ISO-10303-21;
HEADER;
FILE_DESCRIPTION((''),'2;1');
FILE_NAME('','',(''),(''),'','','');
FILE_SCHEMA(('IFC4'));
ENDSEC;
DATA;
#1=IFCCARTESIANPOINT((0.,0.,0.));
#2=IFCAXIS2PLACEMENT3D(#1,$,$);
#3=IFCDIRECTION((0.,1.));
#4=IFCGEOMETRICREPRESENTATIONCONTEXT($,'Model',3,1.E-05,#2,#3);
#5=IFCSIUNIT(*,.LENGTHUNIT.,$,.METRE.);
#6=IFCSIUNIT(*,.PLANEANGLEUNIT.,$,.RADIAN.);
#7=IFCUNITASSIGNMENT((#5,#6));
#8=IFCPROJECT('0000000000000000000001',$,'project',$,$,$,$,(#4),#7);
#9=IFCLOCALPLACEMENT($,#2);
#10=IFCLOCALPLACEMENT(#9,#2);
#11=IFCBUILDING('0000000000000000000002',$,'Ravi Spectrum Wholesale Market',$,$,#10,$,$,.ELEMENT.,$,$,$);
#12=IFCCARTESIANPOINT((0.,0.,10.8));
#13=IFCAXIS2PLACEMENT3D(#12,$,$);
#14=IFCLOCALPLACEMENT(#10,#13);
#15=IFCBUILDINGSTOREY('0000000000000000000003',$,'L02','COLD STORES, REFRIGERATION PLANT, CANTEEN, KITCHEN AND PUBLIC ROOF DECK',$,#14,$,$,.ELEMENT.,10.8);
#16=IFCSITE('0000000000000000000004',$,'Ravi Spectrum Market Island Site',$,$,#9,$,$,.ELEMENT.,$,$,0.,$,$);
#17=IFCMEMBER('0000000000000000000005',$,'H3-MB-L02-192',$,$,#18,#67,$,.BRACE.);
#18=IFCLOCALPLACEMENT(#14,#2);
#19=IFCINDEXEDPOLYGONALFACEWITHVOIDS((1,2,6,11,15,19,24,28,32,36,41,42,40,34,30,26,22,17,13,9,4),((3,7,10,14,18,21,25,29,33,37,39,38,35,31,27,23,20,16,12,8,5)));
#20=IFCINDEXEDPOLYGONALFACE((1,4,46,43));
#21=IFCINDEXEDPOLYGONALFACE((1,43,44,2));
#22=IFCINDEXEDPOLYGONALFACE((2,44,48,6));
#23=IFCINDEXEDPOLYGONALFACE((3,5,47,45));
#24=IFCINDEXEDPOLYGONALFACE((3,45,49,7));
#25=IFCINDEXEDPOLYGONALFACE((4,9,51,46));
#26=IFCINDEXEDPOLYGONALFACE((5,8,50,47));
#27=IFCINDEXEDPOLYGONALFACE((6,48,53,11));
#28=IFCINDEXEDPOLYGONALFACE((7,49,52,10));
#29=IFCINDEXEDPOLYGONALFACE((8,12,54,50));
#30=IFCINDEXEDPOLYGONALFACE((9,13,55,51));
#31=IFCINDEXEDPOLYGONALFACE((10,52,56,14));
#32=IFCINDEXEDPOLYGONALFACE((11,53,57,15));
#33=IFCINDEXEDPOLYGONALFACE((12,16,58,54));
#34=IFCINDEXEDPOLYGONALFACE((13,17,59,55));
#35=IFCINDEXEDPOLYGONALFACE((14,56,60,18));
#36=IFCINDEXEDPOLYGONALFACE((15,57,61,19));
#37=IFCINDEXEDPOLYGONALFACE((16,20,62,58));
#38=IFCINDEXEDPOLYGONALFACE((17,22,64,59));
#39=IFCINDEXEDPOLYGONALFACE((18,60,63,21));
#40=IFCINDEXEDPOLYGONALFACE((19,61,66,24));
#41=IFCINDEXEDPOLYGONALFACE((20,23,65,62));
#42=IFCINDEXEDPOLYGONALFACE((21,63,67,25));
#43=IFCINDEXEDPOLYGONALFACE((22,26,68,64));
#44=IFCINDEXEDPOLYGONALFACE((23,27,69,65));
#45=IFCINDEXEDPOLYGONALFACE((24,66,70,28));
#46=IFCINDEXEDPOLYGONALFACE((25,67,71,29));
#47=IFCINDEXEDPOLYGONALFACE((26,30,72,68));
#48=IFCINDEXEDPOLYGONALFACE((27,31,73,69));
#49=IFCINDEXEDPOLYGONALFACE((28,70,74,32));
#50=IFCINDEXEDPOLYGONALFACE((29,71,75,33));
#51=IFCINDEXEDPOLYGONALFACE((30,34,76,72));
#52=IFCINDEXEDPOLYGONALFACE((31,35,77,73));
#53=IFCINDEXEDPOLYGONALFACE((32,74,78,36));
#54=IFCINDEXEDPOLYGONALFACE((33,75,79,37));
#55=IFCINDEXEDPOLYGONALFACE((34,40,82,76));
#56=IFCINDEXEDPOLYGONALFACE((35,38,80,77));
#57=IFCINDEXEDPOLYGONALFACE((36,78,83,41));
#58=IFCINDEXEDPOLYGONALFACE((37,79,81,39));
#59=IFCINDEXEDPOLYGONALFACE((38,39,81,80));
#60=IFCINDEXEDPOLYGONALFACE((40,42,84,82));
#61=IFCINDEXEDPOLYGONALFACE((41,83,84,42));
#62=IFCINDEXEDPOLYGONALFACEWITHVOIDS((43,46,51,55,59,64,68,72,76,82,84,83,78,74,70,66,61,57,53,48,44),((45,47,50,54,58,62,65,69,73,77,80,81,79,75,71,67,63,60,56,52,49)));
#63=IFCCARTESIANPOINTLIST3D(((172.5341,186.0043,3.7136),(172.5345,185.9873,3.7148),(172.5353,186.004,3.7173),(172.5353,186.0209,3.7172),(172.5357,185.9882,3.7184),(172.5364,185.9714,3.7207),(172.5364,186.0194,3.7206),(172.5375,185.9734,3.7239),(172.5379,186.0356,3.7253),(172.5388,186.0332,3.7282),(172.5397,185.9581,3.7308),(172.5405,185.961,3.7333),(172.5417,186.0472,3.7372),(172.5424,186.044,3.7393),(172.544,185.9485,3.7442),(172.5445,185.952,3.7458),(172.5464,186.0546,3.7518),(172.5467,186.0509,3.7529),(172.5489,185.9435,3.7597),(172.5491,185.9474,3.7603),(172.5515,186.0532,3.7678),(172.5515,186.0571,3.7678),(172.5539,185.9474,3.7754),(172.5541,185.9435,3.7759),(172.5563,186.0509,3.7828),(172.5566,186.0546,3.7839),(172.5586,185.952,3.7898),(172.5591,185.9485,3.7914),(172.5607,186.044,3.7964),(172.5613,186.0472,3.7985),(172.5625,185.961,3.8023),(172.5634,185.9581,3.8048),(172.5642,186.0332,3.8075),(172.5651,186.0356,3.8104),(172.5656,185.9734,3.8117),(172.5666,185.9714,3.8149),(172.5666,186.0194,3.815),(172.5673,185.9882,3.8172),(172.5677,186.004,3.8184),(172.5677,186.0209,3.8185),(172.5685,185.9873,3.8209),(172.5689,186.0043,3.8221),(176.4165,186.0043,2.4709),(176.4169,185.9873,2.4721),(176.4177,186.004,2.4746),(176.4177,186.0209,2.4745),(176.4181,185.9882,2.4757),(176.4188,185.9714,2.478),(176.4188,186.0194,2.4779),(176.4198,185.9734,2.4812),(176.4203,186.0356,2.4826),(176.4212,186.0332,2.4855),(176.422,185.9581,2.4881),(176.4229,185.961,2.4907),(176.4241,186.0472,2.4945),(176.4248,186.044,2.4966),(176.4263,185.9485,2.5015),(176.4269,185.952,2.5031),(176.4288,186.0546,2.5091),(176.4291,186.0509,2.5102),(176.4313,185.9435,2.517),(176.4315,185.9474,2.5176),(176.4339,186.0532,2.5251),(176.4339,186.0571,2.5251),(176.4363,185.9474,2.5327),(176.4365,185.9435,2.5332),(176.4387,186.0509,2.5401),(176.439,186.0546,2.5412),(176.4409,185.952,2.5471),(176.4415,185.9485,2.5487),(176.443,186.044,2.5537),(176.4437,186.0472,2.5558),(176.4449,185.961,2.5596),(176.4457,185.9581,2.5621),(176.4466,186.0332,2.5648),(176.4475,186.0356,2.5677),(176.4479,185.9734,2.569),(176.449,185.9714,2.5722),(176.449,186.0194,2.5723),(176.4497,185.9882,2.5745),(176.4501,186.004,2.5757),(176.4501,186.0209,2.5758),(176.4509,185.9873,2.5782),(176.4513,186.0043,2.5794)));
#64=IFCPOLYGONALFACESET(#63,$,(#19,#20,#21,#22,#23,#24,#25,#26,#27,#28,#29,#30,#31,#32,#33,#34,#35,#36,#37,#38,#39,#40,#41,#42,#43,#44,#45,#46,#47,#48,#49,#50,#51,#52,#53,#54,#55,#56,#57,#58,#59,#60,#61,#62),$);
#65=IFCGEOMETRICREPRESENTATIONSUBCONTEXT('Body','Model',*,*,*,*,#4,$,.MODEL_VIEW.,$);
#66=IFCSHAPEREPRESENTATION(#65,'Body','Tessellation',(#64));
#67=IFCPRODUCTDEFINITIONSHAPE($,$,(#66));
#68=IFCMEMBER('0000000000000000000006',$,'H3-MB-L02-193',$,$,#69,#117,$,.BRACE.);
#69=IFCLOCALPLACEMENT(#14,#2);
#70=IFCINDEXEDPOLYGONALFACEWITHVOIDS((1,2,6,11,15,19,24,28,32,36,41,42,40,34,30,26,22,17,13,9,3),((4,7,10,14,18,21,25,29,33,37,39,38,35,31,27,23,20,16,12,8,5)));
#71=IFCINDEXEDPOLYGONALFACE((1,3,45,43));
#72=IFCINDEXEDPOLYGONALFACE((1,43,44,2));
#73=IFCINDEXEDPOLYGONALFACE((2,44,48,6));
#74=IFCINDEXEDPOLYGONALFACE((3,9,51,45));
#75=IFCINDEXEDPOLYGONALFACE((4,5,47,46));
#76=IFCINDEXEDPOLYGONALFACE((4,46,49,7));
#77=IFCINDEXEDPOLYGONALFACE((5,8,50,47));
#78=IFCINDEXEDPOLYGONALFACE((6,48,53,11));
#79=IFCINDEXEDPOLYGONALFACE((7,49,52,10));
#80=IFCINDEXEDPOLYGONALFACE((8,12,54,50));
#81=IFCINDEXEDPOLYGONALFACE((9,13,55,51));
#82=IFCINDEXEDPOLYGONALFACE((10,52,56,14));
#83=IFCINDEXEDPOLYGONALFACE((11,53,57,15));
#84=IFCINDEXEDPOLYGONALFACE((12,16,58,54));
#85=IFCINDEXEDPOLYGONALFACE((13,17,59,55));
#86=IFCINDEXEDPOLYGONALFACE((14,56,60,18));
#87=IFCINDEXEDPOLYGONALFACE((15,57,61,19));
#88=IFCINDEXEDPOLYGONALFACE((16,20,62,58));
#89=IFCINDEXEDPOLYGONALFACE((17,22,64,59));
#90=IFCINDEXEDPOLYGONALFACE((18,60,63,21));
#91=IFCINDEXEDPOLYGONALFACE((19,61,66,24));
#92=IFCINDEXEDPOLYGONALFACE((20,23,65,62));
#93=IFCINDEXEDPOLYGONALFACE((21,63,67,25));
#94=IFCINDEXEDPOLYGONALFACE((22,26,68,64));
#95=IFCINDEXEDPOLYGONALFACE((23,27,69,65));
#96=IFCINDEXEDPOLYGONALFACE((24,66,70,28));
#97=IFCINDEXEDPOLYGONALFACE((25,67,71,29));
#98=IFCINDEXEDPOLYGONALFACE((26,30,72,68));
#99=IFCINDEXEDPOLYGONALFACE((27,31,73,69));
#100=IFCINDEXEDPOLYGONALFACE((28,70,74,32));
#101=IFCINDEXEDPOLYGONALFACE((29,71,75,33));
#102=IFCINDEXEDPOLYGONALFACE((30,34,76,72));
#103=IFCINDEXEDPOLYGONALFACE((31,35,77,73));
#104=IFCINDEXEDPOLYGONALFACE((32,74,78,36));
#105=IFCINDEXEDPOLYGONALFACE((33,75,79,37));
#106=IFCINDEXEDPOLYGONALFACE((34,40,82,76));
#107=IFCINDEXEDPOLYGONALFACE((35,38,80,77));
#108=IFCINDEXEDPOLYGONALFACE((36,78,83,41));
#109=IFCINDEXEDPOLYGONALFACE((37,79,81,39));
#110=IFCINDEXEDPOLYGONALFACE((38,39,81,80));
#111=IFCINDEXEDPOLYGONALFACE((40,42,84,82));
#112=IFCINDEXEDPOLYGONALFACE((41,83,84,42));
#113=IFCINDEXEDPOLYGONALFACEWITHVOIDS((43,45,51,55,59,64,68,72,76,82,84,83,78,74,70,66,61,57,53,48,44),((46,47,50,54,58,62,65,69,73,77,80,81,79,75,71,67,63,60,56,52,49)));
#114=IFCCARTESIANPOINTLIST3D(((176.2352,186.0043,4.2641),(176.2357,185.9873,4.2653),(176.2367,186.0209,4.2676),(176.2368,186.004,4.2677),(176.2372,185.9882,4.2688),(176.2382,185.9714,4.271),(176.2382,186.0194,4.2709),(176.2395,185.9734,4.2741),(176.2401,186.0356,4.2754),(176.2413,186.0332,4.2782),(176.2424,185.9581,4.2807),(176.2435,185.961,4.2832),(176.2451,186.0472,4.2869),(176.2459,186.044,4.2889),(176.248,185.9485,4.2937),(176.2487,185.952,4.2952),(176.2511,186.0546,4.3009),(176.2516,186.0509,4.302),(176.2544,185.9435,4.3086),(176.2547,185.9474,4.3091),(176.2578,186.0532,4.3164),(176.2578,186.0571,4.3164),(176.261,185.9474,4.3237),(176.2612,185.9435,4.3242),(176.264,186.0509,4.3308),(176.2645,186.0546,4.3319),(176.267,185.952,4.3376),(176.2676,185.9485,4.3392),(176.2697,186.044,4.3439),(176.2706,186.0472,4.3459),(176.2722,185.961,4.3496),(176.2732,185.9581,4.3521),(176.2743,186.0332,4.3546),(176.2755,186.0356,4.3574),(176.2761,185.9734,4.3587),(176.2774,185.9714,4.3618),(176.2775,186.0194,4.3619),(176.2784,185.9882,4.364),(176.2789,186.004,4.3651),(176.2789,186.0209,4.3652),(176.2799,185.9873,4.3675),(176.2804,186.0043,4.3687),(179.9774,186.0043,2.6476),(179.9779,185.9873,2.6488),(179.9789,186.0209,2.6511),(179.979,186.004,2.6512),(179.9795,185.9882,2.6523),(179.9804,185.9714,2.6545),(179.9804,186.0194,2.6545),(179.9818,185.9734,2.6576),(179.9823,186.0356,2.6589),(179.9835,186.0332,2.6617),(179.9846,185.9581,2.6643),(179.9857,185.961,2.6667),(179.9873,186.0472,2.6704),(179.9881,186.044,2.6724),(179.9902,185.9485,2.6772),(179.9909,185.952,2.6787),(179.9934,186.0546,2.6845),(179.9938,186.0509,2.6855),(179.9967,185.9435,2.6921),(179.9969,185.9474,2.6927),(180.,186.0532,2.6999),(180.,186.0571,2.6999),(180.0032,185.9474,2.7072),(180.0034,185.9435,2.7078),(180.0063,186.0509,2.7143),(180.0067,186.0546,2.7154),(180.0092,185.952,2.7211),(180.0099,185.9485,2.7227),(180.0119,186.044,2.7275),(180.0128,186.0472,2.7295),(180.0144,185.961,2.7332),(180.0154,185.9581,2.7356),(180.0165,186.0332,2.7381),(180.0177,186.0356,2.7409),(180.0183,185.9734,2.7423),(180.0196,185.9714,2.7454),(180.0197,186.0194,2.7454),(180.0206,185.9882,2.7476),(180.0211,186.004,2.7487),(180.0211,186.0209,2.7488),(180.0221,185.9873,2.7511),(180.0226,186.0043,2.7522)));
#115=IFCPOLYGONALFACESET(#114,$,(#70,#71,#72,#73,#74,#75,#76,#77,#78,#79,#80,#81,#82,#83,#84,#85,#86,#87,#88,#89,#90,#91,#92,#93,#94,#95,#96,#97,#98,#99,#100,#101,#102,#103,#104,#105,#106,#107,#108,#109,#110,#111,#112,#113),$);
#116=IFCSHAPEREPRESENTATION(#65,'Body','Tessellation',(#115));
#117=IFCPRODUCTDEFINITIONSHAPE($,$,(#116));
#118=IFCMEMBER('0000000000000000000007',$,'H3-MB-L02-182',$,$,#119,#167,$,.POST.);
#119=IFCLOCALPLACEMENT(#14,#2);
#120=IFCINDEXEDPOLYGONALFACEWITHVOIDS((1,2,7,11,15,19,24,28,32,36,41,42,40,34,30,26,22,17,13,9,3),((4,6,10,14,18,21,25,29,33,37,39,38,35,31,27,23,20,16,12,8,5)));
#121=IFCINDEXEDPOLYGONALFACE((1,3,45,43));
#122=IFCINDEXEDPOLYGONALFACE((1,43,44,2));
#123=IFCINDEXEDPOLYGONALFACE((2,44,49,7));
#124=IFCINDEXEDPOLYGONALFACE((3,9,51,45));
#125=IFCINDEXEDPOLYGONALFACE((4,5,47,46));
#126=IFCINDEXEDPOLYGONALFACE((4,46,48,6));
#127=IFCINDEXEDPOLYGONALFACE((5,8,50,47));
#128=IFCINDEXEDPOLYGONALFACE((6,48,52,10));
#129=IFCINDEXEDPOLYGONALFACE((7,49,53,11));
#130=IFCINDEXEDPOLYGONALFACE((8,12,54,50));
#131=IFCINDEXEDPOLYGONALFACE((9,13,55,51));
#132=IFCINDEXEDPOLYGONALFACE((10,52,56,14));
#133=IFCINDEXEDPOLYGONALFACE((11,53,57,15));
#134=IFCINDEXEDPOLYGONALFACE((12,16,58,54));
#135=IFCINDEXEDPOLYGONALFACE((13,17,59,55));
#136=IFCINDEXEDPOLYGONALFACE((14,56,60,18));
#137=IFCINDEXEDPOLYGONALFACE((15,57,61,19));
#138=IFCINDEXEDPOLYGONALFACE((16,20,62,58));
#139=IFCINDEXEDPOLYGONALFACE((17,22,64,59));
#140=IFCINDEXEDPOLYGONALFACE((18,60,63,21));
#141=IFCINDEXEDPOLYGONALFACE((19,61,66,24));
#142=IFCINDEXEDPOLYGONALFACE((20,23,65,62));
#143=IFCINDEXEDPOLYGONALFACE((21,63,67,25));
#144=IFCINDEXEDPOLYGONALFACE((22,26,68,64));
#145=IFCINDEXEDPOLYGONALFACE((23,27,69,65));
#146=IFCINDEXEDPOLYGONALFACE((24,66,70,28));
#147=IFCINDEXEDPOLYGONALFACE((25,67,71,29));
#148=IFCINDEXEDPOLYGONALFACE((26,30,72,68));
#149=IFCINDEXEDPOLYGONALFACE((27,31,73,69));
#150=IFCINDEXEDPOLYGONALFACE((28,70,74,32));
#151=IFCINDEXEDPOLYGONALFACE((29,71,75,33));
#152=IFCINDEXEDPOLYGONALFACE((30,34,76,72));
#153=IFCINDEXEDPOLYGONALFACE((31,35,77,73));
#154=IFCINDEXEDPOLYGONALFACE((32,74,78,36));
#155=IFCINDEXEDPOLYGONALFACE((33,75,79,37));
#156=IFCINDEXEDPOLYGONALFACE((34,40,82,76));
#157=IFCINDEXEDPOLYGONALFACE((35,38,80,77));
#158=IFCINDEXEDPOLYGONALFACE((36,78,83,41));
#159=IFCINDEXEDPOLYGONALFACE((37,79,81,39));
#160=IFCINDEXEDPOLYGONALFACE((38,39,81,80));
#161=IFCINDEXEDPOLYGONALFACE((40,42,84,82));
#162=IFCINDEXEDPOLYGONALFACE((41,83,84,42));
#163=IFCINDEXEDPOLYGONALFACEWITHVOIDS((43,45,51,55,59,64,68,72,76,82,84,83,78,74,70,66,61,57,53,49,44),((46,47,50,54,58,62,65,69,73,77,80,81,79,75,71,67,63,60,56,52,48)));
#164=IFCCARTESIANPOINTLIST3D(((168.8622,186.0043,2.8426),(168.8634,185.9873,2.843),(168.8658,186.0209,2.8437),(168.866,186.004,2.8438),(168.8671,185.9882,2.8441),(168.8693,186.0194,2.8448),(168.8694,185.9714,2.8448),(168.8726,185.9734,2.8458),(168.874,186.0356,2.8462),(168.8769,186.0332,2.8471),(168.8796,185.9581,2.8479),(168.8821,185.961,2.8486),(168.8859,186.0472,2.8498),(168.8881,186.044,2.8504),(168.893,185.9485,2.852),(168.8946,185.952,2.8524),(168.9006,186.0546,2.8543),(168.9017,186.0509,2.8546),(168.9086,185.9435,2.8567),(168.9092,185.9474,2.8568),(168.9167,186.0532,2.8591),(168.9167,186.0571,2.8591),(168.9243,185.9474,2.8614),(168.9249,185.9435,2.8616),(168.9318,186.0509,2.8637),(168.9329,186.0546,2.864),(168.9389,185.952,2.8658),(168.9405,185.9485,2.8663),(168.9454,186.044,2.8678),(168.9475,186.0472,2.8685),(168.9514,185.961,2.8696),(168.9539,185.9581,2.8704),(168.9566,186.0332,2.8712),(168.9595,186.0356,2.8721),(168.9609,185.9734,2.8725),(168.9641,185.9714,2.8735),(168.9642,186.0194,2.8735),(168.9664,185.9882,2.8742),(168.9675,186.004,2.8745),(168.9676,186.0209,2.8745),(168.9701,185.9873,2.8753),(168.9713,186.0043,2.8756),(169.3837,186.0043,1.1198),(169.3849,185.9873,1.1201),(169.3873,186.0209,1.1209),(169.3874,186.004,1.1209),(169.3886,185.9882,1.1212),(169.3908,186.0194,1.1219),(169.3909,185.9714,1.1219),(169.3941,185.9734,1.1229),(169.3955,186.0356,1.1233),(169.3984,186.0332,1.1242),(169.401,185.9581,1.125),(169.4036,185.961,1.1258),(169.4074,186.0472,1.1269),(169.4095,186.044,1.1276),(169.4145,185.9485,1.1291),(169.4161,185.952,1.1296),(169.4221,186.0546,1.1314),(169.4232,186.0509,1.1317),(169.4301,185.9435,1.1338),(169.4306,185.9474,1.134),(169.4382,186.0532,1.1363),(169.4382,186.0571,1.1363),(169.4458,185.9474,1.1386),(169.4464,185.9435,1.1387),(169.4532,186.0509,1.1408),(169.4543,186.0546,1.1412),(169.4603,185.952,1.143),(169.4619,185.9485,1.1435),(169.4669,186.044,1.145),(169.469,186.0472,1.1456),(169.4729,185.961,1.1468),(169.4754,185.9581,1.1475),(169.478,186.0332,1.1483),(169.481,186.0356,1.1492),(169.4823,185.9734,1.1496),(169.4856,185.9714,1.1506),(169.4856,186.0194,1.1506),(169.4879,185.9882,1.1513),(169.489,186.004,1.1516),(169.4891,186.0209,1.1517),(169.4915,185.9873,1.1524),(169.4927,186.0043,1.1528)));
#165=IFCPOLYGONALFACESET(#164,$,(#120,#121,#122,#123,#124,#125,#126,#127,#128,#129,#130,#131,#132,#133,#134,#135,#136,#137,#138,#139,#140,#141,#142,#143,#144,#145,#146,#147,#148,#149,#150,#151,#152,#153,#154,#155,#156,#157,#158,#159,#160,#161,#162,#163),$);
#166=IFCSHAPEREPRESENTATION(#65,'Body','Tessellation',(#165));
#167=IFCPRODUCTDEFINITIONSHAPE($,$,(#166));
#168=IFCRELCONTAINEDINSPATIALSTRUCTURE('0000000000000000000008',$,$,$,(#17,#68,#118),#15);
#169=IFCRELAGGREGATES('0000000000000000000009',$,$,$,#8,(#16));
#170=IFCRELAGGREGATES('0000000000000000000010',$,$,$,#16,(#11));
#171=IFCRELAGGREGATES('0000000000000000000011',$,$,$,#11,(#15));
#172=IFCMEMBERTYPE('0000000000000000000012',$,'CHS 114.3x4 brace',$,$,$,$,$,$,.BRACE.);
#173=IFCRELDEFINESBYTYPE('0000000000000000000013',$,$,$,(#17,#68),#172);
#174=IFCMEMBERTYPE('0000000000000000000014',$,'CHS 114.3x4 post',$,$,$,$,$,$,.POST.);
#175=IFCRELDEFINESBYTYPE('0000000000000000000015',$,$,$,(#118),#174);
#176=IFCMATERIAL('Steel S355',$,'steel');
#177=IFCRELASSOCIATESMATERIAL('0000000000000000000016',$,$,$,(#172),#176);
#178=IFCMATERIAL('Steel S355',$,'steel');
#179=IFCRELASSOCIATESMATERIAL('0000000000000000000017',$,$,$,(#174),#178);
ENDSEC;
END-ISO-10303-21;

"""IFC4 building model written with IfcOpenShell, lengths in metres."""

from ifc_helpers import new_model, si_unit, direction, frame, origin, origin_2d, place, context, subcontext, project, spatial, hollow_circle, extrude, material, material_profile, profile_set, type_object, element, save


model = new_model("IFC4")

# Units and contexts
model_context = context("Model", 3, precision=1e-05, world=origin(), true_north=direction((0.0, 1.0)))
body_context = subcontext(model_context, "Body", "Model", "MODEL_VIEW")
ifc_project = project(units=[si_unit("LENGTHUNIT", "METRE"), si_unit("PLANEANGLEUNIT", "RADIAN")], contexts=[model_context])

# Site, building, storey
site_placement = place(None, origin())
site = spatial("IfcSite", under=ifc_project, at=site_placement, Name="Ravi Spectrum Market Island Site", CompositionType="ELEMENT", RefElevation=0.0)
building_placement = place(site_placement, origin())
building = spatial("IfcBuilding", under=site, at=building_placement, Name="Ravi Spectrum Wholesale Market", CompositionType="ELEMENT")
storey_placement = place(building_placement, frame((0.0, 0.0, 10.8)))
storey = spatial("IfcBuildingStorey", under=building, at=storey_placement, Name="L02", Description="COLD STORES, REFRIGERATION PLANT, CANTEEN, KITCHEN AND PUBLIC ROOF DECK", CompositionType="ELEMENT", Elevation=10.8)

# Members
ifc_material_1 = material(Name="Steel S355", Category="steel")
ifc_material_profile_1 = material_profile(ifc_material_1, hollow_circle(Radius=0.0571, WallThickness=0.0039, at=origin_2d()))
ifc_profile_set_1 = profile_set([ifc_material_profile_1], Name="Steel S355")
member_type_1 = type_object("IfcMemberType", Name="CHS 114.3x4 brace", PredefinedType="BRACE", material=ifc_profile_set_1)
for number, where, z_axis, x_axis, name in (
    (1, (172.5515, 186.0, 3.7678), (0.952401, 0.0, -0.30485), (0.0, 1.0, 0.0), "H3-MB-L02-192"),
    (2, (176.2578, 186.0, 4.3164), (0.918017, 0.0, -0.396542), (0.0, 1.0, 0.0), "H3-MB-L02-193"),
):
    element("IfcMember", number, at=place(storey_placement, frame(where, z_axis=z_axis, x_axis=x_axis)), inside=storey, type_object=member_type_1, Name=name, PredefinedType="BRACE", context=body_context, shape_type="SweptSolid", body=[
        extrude(hollow_circle(Radius=0.0571, WallThickness=0.0039, at=origin_2d()), origin(), (0.0, 0.0, 1.0), 4.0764),
    ])
ifc_material_2 = material(Name="Steel S355", Category="steel")
ifc_material_profile_2 = material_profile(ifc_material_2, hollow_circle(Radius=0.0571, WallThickness=0.0039, at=origin_2d()))
ifc_profile_set_2 = profile_set([ifc_material_profile_2], Name="Steel S355")
member_type_2 = type_object("IfcMemberType", Name="CHS 114.3x4 post", PredefinedType="POST", material=ifc_profile_set_2)
for number, where, z_axis, x_axis, name in (
    (3, (168.9167, 186.0, 2.8591), (0.289699, 0.0, -0.957118), (0.0, 1.0, 0.0), "H3-MB-L02-182"),
):
    element("IfcMember", number, at=place(storey_placement, frame(where, z_axis=z_axis, x_axis=x_axis)), inside=storey, type_object=member_type_2, Name=name, PredefinedType="POST", context=body_context, shape_type="SweptSolid", body=[
        extrude(hollow_circle(Radius=0.0571, WallThickness=0.0039, at=origin_2d()), origin(), (0.0, 0.0, 1.0), 1.8),
    ])

save(model, "model.ifc")
